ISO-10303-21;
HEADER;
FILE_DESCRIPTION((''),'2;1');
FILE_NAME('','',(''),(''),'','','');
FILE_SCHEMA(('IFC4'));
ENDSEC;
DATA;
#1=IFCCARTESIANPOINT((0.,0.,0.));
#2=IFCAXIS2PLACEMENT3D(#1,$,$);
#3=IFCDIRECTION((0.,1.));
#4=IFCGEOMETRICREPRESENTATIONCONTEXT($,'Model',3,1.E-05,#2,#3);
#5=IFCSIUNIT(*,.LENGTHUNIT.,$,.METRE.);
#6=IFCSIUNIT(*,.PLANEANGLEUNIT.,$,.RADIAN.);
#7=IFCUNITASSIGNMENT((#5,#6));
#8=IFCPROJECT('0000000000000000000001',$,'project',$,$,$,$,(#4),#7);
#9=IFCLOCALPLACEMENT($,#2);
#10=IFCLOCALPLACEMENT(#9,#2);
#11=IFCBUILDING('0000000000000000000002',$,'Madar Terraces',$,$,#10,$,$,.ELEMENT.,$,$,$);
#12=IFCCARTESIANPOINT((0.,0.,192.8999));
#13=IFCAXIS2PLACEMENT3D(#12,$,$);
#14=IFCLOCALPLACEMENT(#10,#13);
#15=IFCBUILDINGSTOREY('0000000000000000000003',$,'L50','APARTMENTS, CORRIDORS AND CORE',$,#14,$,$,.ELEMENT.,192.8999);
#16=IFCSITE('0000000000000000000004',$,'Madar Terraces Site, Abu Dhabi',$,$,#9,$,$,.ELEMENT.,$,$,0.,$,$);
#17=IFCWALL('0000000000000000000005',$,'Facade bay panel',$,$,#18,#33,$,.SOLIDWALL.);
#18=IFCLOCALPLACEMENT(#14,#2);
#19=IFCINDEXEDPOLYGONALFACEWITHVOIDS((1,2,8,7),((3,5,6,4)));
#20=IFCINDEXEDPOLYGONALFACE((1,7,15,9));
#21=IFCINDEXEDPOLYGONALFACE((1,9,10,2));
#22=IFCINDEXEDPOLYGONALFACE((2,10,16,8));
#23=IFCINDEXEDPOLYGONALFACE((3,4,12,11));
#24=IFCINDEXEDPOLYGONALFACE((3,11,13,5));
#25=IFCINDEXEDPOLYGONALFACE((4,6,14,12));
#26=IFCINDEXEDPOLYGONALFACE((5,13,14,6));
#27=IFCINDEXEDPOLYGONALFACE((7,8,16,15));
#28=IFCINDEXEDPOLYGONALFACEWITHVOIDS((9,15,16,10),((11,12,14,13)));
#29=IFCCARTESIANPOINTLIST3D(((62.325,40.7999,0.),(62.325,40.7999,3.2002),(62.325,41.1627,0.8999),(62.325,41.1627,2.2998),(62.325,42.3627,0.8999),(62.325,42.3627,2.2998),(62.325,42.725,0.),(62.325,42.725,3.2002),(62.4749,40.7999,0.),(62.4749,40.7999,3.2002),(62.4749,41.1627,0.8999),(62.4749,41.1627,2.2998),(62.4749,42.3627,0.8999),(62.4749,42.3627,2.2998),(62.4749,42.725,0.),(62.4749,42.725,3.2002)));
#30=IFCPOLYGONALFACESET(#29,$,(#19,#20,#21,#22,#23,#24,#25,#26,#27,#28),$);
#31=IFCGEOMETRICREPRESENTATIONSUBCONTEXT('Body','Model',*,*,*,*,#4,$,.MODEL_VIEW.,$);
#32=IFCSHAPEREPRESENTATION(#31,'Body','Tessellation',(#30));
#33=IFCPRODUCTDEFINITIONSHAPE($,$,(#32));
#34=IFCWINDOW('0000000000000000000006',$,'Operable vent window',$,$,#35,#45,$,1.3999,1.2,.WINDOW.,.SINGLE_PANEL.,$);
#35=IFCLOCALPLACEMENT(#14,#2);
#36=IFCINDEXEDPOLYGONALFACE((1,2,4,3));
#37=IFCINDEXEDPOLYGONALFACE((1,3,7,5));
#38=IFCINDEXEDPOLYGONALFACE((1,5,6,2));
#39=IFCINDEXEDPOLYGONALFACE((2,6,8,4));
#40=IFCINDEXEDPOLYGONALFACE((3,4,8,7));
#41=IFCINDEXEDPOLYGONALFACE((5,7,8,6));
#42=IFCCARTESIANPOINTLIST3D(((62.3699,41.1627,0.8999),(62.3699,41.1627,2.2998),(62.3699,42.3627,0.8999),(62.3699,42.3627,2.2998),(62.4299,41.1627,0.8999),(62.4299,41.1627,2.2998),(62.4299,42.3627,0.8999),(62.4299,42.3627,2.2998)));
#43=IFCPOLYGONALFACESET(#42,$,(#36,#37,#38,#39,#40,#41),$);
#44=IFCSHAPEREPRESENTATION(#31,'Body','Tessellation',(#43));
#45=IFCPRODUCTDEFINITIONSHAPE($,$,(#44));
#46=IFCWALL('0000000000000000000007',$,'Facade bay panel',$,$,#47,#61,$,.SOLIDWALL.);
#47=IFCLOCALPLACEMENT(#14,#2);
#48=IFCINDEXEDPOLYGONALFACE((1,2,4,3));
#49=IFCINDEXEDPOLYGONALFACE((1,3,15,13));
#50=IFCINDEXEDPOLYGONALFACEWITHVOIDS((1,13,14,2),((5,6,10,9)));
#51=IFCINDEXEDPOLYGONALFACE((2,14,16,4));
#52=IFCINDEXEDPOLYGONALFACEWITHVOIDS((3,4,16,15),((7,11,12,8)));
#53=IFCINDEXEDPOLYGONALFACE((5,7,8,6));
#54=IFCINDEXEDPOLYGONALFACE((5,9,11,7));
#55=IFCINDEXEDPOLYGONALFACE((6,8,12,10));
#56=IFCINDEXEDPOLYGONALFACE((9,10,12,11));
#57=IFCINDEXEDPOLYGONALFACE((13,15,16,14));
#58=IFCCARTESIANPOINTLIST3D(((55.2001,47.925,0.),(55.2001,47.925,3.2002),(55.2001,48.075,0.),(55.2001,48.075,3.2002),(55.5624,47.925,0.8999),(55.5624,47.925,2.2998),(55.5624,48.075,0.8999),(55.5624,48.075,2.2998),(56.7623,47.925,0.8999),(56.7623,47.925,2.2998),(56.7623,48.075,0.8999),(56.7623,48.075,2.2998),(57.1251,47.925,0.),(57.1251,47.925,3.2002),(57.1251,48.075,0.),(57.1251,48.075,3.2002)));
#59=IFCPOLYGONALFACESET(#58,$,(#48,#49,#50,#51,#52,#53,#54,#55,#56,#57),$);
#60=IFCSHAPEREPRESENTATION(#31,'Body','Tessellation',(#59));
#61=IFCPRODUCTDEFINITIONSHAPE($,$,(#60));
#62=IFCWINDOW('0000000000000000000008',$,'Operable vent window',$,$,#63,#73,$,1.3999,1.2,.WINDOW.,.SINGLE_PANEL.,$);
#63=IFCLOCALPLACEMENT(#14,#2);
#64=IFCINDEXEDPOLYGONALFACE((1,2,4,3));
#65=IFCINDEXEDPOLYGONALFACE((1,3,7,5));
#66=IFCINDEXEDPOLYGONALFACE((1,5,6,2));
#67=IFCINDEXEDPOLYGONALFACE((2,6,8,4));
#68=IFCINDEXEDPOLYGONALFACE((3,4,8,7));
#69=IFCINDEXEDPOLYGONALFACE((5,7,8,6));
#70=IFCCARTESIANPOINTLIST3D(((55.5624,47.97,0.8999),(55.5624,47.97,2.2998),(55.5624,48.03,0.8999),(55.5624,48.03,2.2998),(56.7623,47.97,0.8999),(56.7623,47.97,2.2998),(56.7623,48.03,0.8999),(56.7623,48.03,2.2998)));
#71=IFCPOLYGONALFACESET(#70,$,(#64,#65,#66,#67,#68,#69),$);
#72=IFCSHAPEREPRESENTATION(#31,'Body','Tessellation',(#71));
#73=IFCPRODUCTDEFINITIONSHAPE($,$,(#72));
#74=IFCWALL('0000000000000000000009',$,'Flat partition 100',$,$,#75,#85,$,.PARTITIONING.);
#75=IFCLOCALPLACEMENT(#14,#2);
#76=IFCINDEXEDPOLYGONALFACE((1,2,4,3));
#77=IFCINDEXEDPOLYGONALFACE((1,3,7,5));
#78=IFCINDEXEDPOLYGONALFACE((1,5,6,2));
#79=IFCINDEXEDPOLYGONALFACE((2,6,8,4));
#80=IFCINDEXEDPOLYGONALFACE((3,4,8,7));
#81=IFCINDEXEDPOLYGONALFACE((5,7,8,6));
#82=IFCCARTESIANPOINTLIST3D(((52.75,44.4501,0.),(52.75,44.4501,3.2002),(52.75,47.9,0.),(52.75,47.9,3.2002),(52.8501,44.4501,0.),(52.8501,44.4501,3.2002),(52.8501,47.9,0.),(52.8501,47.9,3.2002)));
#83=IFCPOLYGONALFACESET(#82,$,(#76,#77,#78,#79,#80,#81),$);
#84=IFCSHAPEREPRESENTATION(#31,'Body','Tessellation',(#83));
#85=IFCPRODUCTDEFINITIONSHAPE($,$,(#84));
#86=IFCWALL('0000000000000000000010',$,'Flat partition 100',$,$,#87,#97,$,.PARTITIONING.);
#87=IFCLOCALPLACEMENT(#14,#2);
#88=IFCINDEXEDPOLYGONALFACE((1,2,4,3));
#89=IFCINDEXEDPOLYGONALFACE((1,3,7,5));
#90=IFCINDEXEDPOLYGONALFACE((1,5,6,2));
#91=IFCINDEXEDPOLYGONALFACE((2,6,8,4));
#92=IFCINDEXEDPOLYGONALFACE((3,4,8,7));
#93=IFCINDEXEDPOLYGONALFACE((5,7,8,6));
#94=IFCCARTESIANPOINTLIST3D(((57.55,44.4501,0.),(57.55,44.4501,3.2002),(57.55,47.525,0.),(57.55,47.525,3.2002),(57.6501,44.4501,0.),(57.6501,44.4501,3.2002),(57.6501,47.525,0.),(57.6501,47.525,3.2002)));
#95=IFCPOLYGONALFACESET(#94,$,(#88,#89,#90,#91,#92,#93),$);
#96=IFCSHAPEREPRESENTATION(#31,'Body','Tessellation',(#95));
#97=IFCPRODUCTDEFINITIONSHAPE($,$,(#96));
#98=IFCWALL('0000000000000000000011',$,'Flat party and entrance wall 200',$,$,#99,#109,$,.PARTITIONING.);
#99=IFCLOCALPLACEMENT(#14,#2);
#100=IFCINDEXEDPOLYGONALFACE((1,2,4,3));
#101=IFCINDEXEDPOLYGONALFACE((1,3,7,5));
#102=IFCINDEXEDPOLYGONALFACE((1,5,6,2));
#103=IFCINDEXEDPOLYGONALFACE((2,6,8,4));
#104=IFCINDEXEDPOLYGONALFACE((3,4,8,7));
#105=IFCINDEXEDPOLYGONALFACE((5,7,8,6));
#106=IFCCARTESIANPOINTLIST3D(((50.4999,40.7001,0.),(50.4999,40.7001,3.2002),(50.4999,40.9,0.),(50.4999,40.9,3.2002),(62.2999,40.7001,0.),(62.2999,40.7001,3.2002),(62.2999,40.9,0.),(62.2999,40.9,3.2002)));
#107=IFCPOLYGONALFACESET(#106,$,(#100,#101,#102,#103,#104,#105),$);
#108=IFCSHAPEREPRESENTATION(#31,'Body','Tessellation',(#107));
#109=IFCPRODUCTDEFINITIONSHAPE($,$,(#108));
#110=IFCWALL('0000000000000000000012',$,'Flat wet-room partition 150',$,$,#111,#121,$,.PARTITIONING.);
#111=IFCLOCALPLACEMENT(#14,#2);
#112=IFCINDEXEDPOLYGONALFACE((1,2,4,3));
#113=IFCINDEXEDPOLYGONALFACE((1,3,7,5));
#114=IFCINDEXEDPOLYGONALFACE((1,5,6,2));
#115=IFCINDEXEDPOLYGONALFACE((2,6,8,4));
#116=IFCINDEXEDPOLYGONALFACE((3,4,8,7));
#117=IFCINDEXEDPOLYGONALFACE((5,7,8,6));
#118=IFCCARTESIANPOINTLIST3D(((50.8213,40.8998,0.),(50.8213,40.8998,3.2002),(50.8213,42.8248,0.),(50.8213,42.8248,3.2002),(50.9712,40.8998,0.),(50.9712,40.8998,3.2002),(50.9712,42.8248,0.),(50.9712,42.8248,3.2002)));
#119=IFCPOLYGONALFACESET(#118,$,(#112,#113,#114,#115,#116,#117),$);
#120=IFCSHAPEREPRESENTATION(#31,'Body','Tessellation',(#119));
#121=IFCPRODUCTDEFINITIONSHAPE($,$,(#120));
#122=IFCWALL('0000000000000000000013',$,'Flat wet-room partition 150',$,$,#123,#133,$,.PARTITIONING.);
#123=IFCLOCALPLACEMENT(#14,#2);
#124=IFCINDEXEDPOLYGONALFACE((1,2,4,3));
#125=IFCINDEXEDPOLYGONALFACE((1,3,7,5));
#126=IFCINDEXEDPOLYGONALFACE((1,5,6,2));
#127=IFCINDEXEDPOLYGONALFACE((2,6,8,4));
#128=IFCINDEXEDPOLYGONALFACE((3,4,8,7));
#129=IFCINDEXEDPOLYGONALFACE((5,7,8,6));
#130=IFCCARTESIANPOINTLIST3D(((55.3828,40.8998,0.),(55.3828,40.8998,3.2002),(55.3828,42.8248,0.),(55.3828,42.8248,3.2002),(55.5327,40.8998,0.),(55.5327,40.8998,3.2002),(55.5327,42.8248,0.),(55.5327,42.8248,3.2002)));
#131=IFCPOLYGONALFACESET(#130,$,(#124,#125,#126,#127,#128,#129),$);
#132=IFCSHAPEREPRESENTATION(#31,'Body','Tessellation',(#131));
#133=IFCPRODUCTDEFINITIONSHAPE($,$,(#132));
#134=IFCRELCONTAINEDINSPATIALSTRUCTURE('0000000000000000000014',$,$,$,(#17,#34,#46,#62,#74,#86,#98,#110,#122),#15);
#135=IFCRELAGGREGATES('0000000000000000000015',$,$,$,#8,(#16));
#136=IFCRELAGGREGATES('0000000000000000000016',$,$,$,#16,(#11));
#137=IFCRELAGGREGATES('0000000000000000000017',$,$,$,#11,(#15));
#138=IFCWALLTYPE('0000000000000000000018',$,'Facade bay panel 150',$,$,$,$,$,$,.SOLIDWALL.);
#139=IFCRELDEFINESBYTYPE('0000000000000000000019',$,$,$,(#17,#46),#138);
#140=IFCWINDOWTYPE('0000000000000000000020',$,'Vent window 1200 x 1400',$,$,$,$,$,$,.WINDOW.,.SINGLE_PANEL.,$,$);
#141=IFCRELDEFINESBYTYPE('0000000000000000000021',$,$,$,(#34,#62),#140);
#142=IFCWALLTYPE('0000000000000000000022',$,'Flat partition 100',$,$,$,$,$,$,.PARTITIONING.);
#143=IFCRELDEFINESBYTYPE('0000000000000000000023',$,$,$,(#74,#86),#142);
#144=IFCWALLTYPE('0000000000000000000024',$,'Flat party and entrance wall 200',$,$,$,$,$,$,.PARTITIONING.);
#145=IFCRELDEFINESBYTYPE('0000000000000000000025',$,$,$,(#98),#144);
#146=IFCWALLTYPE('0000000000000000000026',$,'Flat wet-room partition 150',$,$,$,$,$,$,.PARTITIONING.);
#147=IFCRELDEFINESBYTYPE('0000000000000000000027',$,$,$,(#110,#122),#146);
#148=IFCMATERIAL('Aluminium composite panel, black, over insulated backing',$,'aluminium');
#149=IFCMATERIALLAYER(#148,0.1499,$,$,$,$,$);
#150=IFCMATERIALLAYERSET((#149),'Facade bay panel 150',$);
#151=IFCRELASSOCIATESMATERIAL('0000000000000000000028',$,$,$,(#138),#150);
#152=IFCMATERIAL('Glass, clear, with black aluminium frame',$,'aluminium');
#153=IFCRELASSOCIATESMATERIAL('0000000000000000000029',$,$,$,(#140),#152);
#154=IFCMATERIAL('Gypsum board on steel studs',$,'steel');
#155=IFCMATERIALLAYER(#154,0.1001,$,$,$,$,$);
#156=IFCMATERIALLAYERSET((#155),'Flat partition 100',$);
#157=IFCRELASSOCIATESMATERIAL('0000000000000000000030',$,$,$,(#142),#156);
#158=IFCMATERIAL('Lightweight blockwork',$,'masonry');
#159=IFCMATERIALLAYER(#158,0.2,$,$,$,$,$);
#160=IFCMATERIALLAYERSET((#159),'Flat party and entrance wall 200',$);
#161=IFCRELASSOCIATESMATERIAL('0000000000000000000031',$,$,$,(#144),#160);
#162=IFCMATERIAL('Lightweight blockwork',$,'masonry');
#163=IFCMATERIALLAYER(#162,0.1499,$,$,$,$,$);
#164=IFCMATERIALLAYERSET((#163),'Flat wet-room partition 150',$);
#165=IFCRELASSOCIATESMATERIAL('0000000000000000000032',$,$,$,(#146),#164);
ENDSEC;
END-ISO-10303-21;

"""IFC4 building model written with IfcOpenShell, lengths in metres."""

from ifc_helpers import new_model, si_unit, direction, frame, frame_2d, origin, place, context, subcontext, project, spatial, rectangle, extrude, material, layer, layer_set, type_object, element, fill, save


model = new_model("IFC4")

# Units and contexts
model_context = context("Model", 3, precision=1e-05, world=origin(), true_north=direction((0.0, 1.0)))
body_context = subcontext(model_context, "Body", "Model", "MODEL_VIEW")
ifc_project = project(units=[si_unit("LENGTHUNIT", "METRE"), si_unit("PLANEANGLEUNIT", "RADIAN")], contexts=[model_context])

# Site, building, storey
site_placement = place(None, origin())
site = spatial("IfcSite", under=ifc_project, at=site_placement, Name="Madar Terraces Site, Abu Dhabi", CompositionType="ELEMENT", RefElevation=0.0)
building_placement = place(site_placement, origin())
building = spatial("IfcBuilding", under=site, at=building_placement, Name="Madar Terraces", CompositionType="ELEMENT")
storey_placement = place(building_placement, frame((0.0, 0.0, 192.8999)))
storey = spatial("IfcBuildingStorey", under=building, at=storey_placement, Name="L50", Description="APARTMENTS, CORRIDORS AND CORE", CompositionType="ELEMENT", Elevation=192.8999)

# Walls, openings, windows
ifc_material_1 = material(Name="Aluminium composite panel, black, over insulated backing", Category="aluminium")
ifc_layer_1 = layer(ifc_material_1, 0.1499)
ifc_layer_set_1 = layer_set([ifc_layer_1], Name="Facade bay panel 150")
wall_type_1 = type_object("IfcWallType", Name="Facade bay panel 150", PredefinedType="SOLIDWALL", material=ifc_layer_set_1)
wall_1_placement = place(storey_placement, frame((62.3999, 40.8, 0.0), z_axis=(0.0, 0.0, 1.0), x_axis=(0.0, 1.0, 0.0)))
wall_1 = element("IfcWall", 1, at=wall_1_placement, inside=storey, type_object=wall_type_1, Name="Facade bay panel", PredefinedType="SOLIDWALL", context=body_context, shape_type="SweptSolid", body=[
    extrude(rectangle(XDim=1.925, YDim=0.1499, at=frame_2d((0.9624, 0.0))), origin(), (0.0, 0.0, 1.0), 3.2002),
])
opening_1_placement = place(wall_1_placement, frame((0.3625, 0.0, 0.8999)))
opening_1 = element("IfcOpeningElement", 2, at=opening_1_placement, cuts=wall_1, PredefinedType="OPENING", context=body_context, shape_type="SweptSolid", body=[
    extrude(rectangle(XDim=1.2, YDim=1.3999, at=frame_2d((0.6001, 0.7))), frame((0.0, 0.085, 0.0), z_axis=(0.0, -1.0, 0.0), x_axis=(1.0, 0.0, 0.0)), (0.0, 0.0, 1.0), 0.1699),
])
ifc_material_2 = material(Name="Glass, clear, with black aluminium frame", Category="aluminium")
window_type = type_object("IfcWindowType", Name="Vent window 1200 x 1400", PartitioningType="SINGLE_PANEL", PredefinedType="WINDOW", material=ifc_material_2)
window_1_placement = place(opening_1_placement, origin())
window_1 = element("IfcWindow", 3, at=window_1_placement, inside=storey, type_object=window_type, Name="Operable vent window", OverallHeight=1.3999, OverallWidth=1.2, PartitioningType="SINGLE_PANEL", PredefinedType="WINDOW", context=body_context, shape_type="SweptSolid", body=[
    extrude(rectangle(XDim=1.2, YDim=1.3999, at=frame_2d((0.6001, 0.7))), frame((0.0, 0.03, 0.0), z_axis=(0.0, -1.0, 0.0), x_axis=(1.0, 0.0, 0.0)), (0.0, 0.0, 1.0), 0.0601),
])
fill(opening_1, window_1)
wall_2_placement = place(storey_placement, frame((57.125, 48.0, 0.0), z_axis=(0.0, 0.0, 1.0), x_axis=(-1.0, 0.0, 0.0)))
wall_2 = element("IfcWall", 4, at=wall_2_placement, inside=storey, type_object=wall_type_1, Name="Facade bay panel", PredefinedType="SOLIDWALL", context=body_context, shape_type="SweptSolid", body=[
    extrude(rectangle(XDim=1.925, YDim=0.1499, at=frame_2d((0.9624, 0.0))), origin(), (0.0, 0.0, 1.0), 3.2002),
])
opening_2_placement = place(wall_2_placement, frame((0.3625, 0.0, 0.8999)))
opening_2 = element("IfcOpeningElement", 5, at=opening_2_placement, cuts=wall_2, PredefinedType="OPENING", context=body_context, shape_type="SweptSolid", body=[
    extrude(rectangle(XDim=1.2, YDim=1.3999, at=frame_2d((0.6001, 0.7))), frame((0.0, 0.085, 0.0), z_axis=(0.0, -1.0, 0.0), x_axis=(1.0, 0.0, 0.0)), (0.0, 0.0, 1.0), 0.1699),
])
window_2_placement = place(opening_2_placement, origin())
window_2 = element("IfcWindow", 6, at=window_2_placement, inside=storey, type_object=window_type, Name="Operable vent window", OverallHeight=1.3999, OverallWidth=1.2, PartitioningType="SINGLE_PANEL", PredefinedType="WINDOW", context=body_context, shape_type="SweptSolid", body=[
    extrude(rectangle(XDim=1.2, YDim=1.3999, at=frame_2d((0.6001, 0.7))), frame((0.0, 0.03, 0.0), z_axis=(0.0, -1.0, 0.0), x_axis=(1.0, 0.0, 0.0)), (0.0, 0.0, 1.0), 0.0601),
])
fill(opening_2, window_2)

# Walls
ifc_material_3 = material(Name="Gypsum board on steel studs", Category="steel")
ifc_layer_2 = layer(ifc_material_3, 0.1001)
ifc_layer_set_2 = layer_set([ifc_layer_2], Name="Flat partition 100")
wall_type_2 = type_object("IfcWallType", Name="Flat partition 100", PredefinedType="PARTITIONING", material=ifc_layer_set_2)
wall_3_placement = place(storey_placement, frame((52.8, 44.45, 0.0), z_axis=(0.0, 0.0, 1.0), x_axis=(0.0, 1.0, 0.0)))
element("IfcWall", 7, at=wall_3_placement, inside=storey, type_object=wall_type_2, Name="Flat partition 100", PredefinedType="PARTITIONING", context=body_context, shape_type="SweptSolid", body=[
    extrude(rectangle(XDim=3.45, YDim=0.1001, at=frame_2d((1.7251, 0.0))), origin(), (0.0, 0.0, 1.0), 3.2002),
])
wall_4_placement = place(storey_placement, frame((57.6001, 44.45, 0.0), z_axis=(0.0, 0.0, 1.0), x_axis=(0.0, 1.0, 0.0)))
element("IfcWall", 8, at=wall_4_placement, inside=storey, type_object=wall_type_2, Name="Flat partition 100", PredefinedType="PARTITIONING", context=body_context, shape_type="SweptSolid", body=[
    extrude(rectangle(XDim=3.075, YDim=0.1001, at=frame_2d((1.5376, 0.0))), origin(), (0.0, 0.0, 1.0), 3.2002),
])
ifc_material_4 = material(Name="Lightweight blockwork", Category="masonry")
ifc_layer_3 = layer(ifc_material_4, 0.2)
ifc_layer_set_3 = layer_set([ifc_layer_3], Name="Flat party and entrance wall 200")
wall_type_3 = type_object("IfcWallType", Name="Flat party and entrance wall 200", PredefinedType="PARTITIONING", material=ifc_layer_set_3)
wall_5_placement = place(storey_placement, frame((50.5, 40.8, 0.0), z_axis=(0.0, 0.0, 1.0), x_axis=(1.0, 0.0, 0.0)))
element("IfcWall", 9, at=wall_5_placement, inside=storey, type_object=wall_type_3, Name="Flat party and entrance wall 200", PredefinedType="PARTITIONING", context=body_context, shape_type="SweptSolid", body=[
    extrude(rectangle(XDim=11.8, YDim=0.2, at=frame_2d((5.8999, 0.0))), origin(), (0.0, 0.0, 1.0), 3.2002),
])
ifc_material_5 = material(Name="Lightweight blockwork", Category="masonry")
ifc_layer_4 = layer(ifc_material_5, 0.1499)
ifc_layer_set_4 = layer_set([ifc_layer_4], Name="Flat wet-room partition 150")
wall_type_4 = type_object("IfcWallType", Name="Flat wet-room partition 150", PredefinedType="PARTITIONING", material=ifc_layer_set_4)
for number, where, z_axis, x_axis, name in (
    (10, (50.8962, 40.8999, 0.0), (0.0, 0.0, 1.0), (0.0, 1.0, 0.0), "Flat wet-room partition 150"),
    (11, (55.4578, 40.8999, 0.0), (0.0, 0.0, 1.0), (0.0, 1.0, 0.0), "Flat wet-room partition 150"),
):
    element("IfcWall", number, at=place(storey_placement, frame(where, z_axis=z_axis, x_axis=x_axis)), inside=storey, type_object=wall_type_4, Name=name, PredefinedType="PARTITIONING", context=body_context, shape_type="SweptSolid", body=[
        extrude(rectangle(XDim=1.925, YDim=0.1499, at=frame_2d((0.9624, 0.0))), origin(), (0.0, 0.0, 1.0), 3.2002),
    ])

save(model, "model.ifc")
